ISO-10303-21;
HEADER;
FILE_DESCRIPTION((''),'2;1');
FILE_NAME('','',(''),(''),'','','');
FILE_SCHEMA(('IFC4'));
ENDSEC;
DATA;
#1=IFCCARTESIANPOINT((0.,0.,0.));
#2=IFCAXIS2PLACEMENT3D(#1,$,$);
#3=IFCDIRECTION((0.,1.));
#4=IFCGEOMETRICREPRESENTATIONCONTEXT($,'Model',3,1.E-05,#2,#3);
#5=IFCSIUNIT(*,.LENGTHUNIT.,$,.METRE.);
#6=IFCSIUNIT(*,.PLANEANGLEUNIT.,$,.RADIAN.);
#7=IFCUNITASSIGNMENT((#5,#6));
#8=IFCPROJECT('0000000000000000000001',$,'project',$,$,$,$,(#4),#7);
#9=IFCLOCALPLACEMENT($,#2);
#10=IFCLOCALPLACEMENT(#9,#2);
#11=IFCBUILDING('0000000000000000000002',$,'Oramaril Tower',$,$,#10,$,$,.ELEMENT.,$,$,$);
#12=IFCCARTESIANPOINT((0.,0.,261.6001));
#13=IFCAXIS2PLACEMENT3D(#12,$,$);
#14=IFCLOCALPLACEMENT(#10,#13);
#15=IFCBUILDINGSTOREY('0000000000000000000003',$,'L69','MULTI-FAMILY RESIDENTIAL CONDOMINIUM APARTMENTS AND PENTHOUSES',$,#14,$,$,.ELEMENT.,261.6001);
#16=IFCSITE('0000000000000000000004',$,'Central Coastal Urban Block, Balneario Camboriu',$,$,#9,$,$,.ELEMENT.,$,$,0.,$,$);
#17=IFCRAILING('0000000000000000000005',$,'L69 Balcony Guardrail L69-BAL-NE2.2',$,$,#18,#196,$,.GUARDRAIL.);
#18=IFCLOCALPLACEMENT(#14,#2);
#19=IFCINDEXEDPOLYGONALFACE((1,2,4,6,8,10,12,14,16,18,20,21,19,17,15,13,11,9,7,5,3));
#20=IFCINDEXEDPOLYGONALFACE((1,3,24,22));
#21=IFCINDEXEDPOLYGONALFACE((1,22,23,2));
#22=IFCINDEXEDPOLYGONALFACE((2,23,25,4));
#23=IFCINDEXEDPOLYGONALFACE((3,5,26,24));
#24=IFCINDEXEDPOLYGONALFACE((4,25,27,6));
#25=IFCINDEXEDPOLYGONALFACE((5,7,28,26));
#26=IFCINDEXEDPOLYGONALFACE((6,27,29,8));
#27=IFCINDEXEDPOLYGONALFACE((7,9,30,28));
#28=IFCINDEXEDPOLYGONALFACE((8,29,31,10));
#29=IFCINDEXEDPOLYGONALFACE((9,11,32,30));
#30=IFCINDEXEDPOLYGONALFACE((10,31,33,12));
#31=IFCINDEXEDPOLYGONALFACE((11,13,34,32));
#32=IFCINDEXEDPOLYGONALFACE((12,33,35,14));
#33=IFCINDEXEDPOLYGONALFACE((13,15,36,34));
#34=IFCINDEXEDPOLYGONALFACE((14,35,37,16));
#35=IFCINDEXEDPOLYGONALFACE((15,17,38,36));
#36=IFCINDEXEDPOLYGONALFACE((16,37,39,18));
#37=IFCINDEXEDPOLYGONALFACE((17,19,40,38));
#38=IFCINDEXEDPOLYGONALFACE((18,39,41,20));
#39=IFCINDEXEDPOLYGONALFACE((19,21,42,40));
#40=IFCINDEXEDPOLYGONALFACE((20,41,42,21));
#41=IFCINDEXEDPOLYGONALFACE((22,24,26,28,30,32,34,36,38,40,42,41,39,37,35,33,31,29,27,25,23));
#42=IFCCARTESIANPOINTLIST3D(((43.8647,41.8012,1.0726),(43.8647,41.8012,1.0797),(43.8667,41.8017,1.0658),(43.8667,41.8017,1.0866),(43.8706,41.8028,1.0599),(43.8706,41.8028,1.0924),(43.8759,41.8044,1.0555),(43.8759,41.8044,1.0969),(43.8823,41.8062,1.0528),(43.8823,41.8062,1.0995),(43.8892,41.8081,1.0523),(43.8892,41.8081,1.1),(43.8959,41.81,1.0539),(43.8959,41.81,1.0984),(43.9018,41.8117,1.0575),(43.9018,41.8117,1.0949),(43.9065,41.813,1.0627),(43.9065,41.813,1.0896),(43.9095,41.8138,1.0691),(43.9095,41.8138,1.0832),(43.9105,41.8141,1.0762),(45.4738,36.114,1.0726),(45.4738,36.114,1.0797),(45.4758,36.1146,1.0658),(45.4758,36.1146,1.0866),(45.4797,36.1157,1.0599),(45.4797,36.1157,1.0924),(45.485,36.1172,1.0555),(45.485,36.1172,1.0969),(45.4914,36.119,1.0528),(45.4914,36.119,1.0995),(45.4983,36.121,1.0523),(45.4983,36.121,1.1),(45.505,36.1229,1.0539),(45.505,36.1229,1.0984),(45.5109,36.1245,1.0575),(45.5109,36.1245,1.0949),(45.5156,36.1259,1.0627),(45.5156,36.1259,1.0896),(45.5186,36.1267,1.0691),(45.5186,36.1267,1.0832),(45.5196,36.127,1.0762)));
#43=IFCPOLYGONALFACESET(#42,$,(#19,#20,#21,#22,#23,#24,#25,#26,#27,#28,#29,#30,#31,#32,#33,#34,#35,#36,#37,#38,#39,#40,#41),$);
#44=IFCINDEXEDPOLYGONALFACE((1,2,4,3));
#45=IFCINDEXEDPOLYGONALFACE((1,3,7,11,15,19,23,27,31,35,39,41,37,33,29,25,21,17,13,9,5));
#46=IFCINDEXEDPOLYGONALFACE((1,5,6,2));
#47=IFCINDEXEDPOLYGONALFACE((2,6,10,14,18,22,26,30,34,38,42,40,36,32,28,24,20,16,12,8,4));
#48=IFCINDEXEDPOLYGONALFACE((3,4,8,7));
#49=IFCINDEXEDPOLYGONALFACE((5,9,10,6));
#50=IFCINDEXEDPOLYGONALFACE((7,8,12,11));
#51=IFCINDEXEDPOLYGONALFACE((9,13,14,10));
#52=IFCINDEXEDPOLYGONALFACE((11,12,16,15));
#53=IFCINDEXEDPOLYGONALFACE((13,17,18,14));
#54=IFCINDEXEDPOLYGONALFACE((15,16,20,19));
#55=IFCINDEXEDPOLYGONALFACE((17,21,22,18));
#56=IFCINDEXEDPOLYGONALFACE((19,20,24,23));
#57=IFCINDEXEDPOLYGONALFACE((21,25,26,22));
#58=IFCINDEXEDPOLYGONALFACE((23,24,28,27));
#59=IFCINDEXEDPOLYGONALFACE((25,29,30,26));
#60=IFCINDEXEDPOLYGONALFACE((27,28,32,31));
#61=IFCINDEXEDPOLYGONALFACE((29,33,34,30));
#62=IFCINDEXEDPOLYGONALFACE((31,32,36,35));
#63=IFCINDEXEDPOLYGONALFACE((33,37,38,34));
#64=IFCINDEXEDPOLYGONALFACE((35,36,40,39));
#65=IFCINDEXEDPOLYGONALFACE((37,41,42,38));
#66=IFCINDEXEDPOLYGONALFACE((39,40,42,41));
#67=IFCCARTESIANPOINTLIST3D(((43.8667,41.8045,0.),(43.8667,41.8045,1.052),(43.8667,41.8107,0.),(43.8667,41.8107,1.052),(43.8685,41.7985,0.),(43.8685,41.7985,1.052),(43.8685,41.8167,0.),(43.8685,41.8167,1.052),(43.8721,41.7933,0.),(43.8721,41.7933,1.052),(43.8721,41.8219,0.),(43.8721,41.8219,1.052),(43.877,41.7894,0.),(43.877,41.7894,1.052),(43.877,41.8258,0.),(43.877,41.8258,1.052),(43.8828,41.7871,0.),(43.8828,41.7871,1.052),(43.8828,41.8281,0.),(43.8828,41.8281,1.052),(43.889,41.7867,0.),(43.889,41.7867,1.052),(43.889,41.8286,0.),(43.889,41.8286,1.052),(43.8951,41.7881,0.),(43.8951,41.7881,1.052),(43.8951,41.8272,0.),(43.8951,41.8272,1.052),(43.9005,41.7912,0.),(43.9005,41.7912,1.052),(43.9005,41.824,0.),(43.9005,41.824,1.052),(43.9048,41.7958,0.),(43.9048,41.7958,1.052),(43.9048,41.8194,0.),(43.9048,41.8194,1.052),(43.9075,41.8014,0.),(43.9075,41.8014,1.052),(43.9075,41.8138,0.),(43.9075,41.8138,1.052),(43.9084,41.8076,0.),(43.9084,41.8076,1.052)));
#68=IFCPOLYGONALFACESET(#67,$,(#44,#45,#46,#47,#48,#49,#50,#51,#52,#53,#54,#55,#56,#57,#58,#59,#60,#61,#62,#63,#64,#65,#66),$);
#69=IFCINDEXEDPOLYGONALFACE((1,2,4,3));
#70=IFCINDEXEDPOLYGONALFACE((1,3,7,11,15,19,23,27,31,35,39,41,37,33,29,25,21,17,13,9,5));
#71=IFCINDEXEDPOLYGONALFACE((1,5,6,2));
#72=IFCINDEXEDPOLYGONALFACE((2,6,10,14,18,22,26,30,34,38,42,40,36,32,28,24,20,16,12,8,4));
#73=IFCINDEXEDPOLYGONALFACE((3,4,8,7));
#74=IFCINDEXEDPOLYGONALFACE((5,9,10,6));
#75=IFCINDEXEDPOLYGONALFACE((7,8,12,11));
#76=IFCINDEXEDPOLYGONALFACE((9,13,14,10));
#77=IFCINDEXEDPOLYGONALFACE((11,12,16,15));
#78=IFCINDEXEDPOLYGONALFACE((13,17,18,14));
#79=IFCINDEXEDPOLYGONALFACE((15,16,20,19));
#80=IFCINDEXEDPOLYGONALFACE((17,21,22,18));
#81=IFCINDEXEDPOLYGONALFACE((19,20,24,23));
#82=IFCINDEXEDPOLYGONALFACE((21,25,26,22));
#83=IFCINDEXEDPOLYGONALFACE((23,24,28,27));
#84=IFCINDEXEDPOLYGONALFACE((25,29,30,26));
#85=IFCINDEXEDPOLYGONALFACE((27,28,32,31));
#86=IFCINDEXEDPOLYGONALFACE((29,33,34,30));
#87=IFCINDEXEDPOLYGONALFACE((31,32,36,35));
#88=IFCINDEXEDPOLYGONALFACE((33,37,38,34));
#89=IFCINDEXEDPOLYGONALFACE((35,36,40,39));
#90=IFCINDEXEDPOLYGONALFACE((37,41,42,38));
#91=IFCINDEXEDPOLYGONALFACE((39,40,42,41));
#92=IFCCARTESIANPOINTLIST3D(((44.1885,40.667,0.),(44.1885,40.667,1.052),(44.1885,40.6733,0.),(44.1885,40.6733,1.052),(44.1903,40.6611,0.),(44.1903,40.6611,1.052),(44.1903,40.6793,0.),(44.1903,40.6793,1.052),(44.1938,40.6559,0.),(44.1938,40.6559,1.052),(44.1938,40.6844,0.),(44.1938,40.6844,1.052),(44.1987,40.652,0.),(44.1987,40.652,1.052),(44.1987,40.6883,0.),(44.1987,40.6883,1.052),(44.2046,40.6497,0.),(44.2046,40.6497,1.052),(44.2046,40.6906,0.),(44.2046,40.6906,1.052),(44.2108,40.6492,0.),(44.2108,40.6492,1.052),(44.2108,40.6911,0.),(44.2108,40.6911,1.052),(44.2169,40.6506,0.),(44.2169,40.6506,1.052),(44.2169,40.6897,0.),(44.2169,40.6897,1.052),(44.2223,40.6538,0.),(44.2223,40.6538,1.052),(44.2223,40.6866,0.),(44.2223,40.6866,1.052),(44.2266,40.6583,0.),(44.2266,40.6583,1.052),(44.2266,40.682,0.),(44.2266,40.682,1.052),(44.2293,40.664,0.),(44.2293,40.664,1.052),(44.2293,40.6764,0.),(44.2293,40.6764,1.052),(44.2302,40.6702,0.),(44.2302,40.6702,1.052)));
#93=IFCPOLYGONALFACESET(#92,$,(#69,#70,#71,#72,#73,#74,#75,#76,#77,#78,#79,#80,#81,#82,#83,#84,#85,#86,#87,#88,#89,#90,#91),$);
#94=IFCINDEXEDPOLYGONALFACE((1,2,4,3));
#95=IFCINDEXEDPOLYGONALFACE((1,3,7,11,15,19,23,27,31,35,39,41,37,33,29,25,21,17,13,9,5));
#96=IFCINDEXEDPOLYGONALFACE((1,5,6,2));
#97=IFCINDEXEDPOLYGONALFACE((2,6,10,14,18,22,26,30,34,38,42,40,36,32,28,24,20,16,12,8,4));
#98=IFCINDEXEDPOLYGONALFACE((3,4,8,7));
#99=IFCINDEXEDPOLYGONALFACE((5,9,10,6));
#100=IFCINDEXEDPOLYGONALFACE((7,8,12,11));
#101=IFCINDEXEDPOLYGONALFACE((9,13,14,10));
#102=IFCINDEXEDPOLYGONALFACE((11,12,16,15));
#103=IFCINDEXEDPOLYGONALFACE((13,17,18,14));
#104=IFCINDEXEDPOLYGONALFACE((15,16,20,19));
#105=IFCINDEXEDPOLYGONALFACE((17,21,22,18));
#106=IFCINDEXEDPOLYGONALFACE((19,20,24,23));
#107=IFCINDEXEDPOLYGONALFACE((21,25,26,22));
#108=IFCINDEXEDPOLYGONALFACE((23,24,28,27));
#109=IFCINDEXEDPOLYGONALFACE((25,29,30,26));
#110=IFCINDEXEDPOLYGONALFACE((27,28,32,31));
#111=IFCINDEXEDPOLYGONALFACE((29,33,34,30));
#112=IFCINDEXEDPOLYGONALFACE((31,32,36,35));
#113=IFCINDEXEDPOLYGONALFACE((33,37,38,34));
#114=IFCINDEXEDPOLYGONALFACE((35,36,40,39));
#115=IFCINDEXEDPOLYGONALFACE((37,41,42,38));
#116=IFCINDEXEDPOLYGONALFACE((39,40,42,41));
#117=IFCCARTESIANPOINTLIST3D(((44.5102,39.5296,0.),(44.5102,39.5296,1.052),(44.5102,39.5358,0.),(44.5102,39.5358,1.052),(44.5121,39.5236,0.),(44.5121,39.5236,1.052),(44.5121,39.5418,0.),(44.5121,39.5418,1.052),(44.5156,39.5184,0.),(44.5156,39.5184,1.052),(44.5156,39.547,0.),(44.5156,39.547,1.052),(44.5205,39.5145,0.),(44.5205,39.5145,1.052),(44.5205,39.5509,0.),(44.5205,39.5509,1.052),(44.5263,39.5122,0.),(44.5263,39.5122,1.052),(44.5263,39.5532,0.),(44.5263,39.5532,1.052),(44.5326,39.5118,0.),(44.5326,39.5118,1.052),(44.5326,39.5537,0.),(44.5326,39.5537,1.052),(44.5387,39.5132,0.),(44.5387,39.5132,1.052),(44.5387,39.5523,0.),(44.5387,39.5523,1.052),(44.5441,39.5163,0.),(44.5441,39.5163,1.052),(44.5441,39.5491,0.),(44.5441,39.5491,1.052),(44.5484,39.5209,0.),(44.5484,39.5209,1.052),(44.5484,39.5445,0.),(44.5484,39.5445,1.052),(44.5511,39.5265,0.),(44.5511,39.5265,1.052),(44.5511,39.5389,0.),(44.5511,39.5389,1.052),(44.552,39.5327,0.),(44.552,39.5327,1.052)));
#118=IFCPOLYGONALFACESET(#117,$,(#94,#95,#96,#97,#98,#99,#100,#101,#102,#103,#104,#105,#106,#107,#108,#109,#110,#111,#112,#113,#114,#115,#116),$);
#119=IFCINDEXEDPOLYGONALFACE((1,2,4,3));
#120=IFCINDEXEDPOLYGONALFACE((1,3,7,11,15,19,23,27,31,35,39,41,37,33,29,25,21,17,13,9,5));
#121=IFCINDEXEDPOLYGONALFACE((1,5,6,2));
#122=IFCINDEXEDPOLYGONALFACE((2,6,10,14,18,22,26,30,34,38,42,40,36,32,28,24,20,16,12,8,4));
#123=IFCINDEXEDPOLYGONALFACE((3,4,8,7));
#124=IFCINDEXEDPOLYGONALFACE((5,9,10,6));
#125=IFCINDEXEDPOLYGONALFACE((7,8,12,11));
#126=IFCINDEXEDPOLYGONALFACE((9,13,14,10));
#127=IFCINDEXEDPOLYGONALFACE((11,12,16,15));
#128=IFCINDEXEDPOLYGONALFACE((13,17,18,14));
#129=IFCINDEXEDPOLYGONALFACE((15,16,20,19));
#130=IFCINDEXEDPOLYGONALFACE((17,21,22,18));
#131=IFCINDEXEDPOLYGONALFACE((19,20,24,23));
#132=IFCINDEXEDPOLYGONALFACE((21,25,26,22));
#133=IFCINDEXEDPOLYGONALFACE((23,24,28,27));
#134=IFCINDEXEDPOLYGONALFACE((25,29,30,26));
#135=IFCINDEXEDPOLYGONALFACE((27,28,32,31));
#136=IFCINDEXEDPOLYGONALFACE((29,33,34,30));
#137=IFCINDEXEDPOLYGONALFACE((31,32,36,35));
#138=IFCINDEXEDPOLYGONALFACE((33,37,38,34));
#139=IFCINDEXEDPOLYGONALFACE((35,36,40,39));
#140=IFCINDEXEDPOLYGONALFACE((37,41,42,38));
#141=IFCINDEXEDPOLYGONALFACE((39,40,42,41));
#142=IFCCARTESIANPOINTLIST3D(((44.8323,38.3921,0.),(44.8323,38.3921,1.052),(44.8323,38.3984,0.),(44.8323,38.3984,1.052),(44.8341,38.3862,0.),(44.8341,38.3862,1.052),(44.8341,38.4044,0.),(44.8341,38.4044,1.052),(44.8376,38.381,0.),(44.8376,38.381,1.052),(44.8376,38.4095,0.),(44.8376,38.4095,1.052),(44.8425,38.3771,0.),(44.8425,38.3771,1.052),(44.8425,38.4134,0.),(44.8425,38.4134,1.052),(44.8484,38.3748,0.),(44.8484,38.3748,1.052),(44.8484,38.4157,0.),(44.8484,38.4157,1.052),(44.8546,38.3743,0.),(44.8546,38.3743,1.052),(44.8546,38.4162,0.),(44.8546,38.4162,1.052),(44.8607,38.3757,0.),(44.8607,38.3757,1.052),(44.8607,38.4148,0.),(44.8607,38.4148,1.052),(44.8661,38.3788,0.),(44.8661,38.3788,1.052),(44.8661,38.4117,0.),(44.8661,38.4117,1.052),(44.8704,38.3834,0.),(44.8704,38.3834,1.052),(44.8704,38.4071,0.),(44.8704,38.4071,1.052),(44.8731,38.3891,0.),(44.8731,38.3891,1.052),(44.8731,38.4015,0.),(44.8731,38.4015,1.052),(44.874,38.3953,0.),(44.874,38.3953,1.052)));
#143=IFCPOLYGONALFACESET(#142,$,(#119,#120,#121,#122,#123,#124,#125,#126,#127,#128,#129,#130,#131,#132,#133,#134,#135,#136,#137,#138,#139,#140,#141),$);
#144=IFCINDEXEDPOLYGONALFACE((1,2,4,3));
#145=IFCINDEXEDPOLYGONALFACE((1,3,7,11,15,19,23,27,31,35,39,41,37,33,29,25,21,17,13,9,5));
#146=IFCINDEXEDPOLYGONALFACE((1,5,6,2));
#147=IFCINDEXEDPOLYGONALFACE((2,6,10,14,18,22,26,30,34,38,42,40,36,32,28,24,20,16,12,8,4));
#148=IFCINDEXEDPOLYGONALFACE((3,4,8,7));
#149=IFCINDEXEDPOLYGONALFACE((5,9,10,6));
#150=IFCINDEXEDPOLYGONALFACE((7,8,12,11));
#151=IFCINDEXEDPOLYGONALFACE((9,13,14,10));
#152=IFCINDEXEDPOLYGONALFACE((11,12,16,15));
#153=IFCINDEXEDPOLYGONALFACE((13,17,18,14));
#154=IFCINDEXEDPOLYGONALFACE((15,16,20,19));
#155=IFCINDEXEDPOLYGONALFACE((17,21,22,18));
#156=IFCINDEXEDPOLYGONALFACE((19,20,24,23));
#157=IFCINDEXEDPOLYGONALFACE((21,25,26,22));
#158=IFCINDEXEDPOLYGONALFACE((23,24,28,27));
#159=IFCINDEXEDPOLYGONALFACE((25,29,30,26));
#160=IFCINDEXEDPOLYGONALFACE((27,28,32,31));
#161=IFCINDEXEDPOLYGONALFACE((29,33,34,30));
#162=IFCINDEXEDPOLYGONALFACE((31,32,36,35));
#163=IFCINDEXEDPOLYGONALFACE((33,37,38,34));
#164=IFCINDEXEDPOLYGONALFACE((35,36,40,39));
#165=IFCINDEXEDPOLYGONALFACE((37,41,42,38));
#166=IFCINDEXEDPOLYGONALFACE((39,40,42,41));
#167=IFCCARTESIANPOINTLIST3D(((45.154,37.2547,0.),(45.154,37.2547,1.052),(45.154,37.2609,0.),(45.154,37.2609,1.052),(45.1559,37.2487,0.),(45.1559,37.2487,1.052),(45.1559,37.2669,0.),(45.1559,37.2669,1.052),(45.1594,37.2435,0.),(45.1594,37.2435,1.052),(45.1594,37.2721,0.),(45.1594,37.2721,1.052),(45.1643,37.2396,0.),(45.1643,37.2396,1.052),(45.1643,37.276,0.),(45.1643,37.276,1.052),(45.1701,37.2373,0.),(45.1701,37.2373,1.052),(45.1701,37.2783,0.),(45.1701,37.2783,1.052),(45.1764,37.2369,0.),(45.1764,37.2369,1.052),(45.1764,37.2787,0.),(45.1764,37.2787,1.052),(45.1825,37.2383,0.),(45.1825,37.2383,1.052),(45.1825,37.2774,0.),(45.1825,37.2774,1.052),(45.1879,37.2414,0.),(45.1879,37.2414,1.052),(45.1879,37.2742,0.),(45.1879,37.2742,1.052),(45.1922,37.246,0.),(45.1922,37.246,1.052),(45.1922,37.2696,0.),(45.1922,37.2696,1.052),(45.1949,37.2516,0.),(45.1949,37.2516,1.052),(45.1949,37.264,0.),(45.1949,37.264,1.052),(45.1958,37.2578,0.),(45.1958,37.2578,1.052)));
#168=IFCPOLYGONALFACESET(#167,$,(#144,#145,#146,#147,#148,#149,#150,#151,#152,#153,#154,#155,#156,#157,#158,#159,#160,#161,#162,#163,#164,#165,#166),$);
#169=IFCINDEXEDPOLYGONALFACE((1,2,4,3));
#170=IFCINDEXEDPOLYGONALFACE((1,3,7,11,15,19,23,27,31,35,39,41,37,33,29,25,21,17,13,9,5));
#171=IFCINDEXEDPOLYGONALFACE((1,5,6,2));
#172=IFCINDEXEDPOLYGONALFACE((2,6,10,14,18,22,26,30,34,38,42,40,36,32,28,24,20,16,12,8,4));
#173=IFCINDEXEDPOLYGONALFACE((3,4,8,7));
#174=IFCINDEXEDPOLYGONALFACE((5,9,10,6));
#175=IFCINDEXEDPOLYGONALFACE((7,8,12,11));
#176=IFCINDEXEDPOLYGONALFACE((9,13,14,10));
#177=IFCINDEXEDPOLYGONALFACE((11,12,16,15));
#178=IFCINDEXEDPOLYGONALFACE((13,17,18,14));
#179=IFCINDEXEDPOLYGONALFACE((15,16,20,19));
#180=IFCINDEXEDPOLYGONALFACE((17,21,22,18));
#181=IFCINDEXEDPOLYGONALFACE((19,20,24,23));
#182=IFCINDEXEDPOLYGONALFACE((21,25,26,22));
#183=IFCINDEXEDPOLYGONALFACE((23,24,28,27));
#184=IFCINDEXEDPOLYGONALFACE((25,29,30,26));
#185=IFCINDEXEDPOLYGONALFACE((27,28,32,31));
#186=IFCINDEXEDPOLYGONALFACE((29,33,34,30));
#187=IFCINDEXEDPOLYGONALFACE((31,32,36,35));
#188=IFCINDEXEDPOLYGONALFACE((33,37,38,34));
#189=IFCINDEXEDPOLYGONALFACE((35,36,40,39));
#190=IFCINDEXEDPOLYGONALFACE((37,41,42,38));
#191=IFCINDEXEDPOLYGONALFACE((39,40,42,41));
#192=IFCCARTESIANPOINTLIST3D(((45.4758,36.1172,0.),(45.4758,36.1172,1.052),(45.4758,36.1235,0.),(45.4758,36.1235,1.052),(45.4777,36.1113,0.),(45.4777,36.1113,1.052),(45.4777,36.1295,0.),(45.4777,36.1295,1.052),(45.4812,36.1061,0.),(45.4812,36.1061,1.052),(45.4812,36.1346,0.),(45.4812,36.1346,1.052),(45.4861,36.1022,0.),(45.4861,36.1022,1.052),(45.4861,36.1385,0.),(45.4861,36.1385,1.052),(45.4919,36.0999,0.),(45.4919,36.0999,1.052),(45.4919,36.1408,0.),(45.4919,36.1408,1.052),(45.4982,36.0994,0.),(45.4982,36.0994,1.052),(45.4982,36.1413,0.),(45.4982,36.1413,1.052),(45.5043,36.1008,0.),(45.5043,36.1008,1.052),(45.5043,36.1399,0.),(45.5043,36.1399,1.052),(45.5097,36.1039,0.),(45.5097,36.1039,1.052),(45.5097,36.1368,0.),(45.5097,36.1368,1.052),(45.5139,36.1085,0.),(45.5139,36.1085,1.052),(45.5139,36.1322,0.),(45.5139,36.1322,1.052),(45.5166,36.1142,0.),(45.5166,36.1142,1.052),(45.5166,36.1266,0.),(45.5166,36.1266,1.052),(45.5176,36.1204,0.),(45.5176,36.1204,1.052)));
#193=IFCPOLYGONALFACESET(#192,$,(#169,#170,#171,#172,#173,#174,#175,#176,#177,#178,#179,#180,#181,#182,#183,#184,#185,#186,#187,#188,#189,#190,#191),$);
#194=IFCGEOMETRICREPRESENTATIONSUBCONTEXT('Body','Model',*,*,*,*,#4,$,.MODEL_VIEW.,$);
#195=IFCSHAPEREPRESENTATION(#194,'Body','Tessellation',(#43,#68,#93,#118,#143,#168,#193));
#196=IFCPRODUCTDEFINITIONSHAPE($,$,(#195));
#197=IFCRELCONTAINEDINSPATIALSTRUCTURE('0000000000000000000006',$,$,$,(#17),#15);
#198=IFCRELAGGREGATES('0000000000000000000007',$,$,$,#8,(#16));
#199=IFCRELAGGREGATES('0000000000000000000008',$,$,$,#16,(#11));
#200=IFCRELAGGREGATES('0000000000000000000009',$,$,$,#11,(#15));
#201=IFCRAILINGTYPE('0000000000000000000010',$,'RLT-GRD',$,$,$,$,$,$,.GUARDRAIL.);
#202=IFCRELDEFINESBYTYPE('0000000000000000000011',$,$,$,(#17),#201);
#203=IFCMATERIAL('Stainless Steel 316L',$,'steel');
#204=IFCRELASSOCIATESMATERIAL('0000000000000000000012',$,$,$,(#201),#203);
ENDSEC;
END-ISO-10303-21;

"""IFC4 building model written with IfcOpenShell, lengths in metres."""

from ifc_helpers import new_model, si_unit, direction, frame, origin, origin_2d, place, context, subcontext, project, spatial, circle, extrude, material, type_object, element, save


model = new_model("IFC4")

# Units and contexts
model_context = context("Model", 3, precision=1e-05, world=origin(), true_north=direction((0.0, 1.0)))
body_context = subcontext(model_context, "Body", "Model", "MODEL_VIEW")
ifc_project = project(units=[si_unit("LENGTHUNIT", "METRE"), si_unit("PLANEANGLEUNIT", "RADIAN")], contexts=[model_context])

# Site, building, storey
site_placement = place(None, origin())
site = spatial("IfcSite", under=ifc_project, at=site_placement, Name="Central Coastal Urban Block, Balneario Camboriu", CompositionType="ELEMENT", RefElevation=0.0)
building_placement = place(site_placement, origin())
building = spatial("IfcBuilding", under=site, at=building_placement, Name="Oramaril Tower", CompositionType="ELEMENT")
storey_placement = place(building_placement, frame((0.0, 0.0, 261.6001)))
storey = spatial("IfcBuildingStorey", under=building, at=storey_placement, Name="L69", Description="MULTI-FAMILY RESIDENTIAL CONDOMINIUM APARTMENTS AND PENTHOUSES", CompositionType="ELEMENT", Elevation=261.6001)

# Railing
ifc_material_1 = material(Name="Stainless Steel 316L", Category="steel")
railing_type = type_object("IfcRailingType", Name="RLT-GRD", PredefinedType="GUARDRAIL", material=ifc_material_1)
railing_1_placement = place(storey_placement, frame((43.8875, 41.8076, 0.0)))
element("IfcRailing", 1, at=railing_1_placement, inside=storey, type_object=railing_type, Name="L69 Balcony Guardrail L69-BAL-NE2.2", PredefinedType="GUARDRAIL", context=body_context, shape_type="SweptSolid", body=[
    extrude(circle(Radius=0.0239, at=origin_2d()), frame((0.0, 0.0, 1.0762), z_axis=(0.272249, -0.962227, 0.0), x_axis=(0.962227, 0.272249, 0.0)), (0.0, 0.0, 1.0), 5.9104),
    extrude(circle(Radius=0.021, at=origin_2d()), origin(), (0.0, 0.0, 1.0), 1.052),
    extrude(circle(Radius=0.021, at=origin_2d()), frame((0.3218, -1.1375, 0.0)), (0.0, 0.0, 1.0), 1.052),
    extrude(circle(Radius=0.021, at=origin_2d()), frame((0.6436, -2.2749, 0.0)), (0.0, 0.0, 1.0), 1.052),
    extrude(circle(Radius=0.021, at=origin_2d()), frame((0.9656, -3.4124, 0.0)), (0.0, 0.0, 1.0), 1.052),
    extrude(circle(Radius=0.021, at=origin_2d()), frame((1.2874, -4.5498, 0.0)), (0.0, 0.0, 1.0), 1.052),
    extrude(circle(Radius=0.021, at=origin_2d()), frame((1.6091, -5.6873, 0.0)), (0.0, 0.0, 1.0), 1.052),
])

save(model, "model.ifc")
